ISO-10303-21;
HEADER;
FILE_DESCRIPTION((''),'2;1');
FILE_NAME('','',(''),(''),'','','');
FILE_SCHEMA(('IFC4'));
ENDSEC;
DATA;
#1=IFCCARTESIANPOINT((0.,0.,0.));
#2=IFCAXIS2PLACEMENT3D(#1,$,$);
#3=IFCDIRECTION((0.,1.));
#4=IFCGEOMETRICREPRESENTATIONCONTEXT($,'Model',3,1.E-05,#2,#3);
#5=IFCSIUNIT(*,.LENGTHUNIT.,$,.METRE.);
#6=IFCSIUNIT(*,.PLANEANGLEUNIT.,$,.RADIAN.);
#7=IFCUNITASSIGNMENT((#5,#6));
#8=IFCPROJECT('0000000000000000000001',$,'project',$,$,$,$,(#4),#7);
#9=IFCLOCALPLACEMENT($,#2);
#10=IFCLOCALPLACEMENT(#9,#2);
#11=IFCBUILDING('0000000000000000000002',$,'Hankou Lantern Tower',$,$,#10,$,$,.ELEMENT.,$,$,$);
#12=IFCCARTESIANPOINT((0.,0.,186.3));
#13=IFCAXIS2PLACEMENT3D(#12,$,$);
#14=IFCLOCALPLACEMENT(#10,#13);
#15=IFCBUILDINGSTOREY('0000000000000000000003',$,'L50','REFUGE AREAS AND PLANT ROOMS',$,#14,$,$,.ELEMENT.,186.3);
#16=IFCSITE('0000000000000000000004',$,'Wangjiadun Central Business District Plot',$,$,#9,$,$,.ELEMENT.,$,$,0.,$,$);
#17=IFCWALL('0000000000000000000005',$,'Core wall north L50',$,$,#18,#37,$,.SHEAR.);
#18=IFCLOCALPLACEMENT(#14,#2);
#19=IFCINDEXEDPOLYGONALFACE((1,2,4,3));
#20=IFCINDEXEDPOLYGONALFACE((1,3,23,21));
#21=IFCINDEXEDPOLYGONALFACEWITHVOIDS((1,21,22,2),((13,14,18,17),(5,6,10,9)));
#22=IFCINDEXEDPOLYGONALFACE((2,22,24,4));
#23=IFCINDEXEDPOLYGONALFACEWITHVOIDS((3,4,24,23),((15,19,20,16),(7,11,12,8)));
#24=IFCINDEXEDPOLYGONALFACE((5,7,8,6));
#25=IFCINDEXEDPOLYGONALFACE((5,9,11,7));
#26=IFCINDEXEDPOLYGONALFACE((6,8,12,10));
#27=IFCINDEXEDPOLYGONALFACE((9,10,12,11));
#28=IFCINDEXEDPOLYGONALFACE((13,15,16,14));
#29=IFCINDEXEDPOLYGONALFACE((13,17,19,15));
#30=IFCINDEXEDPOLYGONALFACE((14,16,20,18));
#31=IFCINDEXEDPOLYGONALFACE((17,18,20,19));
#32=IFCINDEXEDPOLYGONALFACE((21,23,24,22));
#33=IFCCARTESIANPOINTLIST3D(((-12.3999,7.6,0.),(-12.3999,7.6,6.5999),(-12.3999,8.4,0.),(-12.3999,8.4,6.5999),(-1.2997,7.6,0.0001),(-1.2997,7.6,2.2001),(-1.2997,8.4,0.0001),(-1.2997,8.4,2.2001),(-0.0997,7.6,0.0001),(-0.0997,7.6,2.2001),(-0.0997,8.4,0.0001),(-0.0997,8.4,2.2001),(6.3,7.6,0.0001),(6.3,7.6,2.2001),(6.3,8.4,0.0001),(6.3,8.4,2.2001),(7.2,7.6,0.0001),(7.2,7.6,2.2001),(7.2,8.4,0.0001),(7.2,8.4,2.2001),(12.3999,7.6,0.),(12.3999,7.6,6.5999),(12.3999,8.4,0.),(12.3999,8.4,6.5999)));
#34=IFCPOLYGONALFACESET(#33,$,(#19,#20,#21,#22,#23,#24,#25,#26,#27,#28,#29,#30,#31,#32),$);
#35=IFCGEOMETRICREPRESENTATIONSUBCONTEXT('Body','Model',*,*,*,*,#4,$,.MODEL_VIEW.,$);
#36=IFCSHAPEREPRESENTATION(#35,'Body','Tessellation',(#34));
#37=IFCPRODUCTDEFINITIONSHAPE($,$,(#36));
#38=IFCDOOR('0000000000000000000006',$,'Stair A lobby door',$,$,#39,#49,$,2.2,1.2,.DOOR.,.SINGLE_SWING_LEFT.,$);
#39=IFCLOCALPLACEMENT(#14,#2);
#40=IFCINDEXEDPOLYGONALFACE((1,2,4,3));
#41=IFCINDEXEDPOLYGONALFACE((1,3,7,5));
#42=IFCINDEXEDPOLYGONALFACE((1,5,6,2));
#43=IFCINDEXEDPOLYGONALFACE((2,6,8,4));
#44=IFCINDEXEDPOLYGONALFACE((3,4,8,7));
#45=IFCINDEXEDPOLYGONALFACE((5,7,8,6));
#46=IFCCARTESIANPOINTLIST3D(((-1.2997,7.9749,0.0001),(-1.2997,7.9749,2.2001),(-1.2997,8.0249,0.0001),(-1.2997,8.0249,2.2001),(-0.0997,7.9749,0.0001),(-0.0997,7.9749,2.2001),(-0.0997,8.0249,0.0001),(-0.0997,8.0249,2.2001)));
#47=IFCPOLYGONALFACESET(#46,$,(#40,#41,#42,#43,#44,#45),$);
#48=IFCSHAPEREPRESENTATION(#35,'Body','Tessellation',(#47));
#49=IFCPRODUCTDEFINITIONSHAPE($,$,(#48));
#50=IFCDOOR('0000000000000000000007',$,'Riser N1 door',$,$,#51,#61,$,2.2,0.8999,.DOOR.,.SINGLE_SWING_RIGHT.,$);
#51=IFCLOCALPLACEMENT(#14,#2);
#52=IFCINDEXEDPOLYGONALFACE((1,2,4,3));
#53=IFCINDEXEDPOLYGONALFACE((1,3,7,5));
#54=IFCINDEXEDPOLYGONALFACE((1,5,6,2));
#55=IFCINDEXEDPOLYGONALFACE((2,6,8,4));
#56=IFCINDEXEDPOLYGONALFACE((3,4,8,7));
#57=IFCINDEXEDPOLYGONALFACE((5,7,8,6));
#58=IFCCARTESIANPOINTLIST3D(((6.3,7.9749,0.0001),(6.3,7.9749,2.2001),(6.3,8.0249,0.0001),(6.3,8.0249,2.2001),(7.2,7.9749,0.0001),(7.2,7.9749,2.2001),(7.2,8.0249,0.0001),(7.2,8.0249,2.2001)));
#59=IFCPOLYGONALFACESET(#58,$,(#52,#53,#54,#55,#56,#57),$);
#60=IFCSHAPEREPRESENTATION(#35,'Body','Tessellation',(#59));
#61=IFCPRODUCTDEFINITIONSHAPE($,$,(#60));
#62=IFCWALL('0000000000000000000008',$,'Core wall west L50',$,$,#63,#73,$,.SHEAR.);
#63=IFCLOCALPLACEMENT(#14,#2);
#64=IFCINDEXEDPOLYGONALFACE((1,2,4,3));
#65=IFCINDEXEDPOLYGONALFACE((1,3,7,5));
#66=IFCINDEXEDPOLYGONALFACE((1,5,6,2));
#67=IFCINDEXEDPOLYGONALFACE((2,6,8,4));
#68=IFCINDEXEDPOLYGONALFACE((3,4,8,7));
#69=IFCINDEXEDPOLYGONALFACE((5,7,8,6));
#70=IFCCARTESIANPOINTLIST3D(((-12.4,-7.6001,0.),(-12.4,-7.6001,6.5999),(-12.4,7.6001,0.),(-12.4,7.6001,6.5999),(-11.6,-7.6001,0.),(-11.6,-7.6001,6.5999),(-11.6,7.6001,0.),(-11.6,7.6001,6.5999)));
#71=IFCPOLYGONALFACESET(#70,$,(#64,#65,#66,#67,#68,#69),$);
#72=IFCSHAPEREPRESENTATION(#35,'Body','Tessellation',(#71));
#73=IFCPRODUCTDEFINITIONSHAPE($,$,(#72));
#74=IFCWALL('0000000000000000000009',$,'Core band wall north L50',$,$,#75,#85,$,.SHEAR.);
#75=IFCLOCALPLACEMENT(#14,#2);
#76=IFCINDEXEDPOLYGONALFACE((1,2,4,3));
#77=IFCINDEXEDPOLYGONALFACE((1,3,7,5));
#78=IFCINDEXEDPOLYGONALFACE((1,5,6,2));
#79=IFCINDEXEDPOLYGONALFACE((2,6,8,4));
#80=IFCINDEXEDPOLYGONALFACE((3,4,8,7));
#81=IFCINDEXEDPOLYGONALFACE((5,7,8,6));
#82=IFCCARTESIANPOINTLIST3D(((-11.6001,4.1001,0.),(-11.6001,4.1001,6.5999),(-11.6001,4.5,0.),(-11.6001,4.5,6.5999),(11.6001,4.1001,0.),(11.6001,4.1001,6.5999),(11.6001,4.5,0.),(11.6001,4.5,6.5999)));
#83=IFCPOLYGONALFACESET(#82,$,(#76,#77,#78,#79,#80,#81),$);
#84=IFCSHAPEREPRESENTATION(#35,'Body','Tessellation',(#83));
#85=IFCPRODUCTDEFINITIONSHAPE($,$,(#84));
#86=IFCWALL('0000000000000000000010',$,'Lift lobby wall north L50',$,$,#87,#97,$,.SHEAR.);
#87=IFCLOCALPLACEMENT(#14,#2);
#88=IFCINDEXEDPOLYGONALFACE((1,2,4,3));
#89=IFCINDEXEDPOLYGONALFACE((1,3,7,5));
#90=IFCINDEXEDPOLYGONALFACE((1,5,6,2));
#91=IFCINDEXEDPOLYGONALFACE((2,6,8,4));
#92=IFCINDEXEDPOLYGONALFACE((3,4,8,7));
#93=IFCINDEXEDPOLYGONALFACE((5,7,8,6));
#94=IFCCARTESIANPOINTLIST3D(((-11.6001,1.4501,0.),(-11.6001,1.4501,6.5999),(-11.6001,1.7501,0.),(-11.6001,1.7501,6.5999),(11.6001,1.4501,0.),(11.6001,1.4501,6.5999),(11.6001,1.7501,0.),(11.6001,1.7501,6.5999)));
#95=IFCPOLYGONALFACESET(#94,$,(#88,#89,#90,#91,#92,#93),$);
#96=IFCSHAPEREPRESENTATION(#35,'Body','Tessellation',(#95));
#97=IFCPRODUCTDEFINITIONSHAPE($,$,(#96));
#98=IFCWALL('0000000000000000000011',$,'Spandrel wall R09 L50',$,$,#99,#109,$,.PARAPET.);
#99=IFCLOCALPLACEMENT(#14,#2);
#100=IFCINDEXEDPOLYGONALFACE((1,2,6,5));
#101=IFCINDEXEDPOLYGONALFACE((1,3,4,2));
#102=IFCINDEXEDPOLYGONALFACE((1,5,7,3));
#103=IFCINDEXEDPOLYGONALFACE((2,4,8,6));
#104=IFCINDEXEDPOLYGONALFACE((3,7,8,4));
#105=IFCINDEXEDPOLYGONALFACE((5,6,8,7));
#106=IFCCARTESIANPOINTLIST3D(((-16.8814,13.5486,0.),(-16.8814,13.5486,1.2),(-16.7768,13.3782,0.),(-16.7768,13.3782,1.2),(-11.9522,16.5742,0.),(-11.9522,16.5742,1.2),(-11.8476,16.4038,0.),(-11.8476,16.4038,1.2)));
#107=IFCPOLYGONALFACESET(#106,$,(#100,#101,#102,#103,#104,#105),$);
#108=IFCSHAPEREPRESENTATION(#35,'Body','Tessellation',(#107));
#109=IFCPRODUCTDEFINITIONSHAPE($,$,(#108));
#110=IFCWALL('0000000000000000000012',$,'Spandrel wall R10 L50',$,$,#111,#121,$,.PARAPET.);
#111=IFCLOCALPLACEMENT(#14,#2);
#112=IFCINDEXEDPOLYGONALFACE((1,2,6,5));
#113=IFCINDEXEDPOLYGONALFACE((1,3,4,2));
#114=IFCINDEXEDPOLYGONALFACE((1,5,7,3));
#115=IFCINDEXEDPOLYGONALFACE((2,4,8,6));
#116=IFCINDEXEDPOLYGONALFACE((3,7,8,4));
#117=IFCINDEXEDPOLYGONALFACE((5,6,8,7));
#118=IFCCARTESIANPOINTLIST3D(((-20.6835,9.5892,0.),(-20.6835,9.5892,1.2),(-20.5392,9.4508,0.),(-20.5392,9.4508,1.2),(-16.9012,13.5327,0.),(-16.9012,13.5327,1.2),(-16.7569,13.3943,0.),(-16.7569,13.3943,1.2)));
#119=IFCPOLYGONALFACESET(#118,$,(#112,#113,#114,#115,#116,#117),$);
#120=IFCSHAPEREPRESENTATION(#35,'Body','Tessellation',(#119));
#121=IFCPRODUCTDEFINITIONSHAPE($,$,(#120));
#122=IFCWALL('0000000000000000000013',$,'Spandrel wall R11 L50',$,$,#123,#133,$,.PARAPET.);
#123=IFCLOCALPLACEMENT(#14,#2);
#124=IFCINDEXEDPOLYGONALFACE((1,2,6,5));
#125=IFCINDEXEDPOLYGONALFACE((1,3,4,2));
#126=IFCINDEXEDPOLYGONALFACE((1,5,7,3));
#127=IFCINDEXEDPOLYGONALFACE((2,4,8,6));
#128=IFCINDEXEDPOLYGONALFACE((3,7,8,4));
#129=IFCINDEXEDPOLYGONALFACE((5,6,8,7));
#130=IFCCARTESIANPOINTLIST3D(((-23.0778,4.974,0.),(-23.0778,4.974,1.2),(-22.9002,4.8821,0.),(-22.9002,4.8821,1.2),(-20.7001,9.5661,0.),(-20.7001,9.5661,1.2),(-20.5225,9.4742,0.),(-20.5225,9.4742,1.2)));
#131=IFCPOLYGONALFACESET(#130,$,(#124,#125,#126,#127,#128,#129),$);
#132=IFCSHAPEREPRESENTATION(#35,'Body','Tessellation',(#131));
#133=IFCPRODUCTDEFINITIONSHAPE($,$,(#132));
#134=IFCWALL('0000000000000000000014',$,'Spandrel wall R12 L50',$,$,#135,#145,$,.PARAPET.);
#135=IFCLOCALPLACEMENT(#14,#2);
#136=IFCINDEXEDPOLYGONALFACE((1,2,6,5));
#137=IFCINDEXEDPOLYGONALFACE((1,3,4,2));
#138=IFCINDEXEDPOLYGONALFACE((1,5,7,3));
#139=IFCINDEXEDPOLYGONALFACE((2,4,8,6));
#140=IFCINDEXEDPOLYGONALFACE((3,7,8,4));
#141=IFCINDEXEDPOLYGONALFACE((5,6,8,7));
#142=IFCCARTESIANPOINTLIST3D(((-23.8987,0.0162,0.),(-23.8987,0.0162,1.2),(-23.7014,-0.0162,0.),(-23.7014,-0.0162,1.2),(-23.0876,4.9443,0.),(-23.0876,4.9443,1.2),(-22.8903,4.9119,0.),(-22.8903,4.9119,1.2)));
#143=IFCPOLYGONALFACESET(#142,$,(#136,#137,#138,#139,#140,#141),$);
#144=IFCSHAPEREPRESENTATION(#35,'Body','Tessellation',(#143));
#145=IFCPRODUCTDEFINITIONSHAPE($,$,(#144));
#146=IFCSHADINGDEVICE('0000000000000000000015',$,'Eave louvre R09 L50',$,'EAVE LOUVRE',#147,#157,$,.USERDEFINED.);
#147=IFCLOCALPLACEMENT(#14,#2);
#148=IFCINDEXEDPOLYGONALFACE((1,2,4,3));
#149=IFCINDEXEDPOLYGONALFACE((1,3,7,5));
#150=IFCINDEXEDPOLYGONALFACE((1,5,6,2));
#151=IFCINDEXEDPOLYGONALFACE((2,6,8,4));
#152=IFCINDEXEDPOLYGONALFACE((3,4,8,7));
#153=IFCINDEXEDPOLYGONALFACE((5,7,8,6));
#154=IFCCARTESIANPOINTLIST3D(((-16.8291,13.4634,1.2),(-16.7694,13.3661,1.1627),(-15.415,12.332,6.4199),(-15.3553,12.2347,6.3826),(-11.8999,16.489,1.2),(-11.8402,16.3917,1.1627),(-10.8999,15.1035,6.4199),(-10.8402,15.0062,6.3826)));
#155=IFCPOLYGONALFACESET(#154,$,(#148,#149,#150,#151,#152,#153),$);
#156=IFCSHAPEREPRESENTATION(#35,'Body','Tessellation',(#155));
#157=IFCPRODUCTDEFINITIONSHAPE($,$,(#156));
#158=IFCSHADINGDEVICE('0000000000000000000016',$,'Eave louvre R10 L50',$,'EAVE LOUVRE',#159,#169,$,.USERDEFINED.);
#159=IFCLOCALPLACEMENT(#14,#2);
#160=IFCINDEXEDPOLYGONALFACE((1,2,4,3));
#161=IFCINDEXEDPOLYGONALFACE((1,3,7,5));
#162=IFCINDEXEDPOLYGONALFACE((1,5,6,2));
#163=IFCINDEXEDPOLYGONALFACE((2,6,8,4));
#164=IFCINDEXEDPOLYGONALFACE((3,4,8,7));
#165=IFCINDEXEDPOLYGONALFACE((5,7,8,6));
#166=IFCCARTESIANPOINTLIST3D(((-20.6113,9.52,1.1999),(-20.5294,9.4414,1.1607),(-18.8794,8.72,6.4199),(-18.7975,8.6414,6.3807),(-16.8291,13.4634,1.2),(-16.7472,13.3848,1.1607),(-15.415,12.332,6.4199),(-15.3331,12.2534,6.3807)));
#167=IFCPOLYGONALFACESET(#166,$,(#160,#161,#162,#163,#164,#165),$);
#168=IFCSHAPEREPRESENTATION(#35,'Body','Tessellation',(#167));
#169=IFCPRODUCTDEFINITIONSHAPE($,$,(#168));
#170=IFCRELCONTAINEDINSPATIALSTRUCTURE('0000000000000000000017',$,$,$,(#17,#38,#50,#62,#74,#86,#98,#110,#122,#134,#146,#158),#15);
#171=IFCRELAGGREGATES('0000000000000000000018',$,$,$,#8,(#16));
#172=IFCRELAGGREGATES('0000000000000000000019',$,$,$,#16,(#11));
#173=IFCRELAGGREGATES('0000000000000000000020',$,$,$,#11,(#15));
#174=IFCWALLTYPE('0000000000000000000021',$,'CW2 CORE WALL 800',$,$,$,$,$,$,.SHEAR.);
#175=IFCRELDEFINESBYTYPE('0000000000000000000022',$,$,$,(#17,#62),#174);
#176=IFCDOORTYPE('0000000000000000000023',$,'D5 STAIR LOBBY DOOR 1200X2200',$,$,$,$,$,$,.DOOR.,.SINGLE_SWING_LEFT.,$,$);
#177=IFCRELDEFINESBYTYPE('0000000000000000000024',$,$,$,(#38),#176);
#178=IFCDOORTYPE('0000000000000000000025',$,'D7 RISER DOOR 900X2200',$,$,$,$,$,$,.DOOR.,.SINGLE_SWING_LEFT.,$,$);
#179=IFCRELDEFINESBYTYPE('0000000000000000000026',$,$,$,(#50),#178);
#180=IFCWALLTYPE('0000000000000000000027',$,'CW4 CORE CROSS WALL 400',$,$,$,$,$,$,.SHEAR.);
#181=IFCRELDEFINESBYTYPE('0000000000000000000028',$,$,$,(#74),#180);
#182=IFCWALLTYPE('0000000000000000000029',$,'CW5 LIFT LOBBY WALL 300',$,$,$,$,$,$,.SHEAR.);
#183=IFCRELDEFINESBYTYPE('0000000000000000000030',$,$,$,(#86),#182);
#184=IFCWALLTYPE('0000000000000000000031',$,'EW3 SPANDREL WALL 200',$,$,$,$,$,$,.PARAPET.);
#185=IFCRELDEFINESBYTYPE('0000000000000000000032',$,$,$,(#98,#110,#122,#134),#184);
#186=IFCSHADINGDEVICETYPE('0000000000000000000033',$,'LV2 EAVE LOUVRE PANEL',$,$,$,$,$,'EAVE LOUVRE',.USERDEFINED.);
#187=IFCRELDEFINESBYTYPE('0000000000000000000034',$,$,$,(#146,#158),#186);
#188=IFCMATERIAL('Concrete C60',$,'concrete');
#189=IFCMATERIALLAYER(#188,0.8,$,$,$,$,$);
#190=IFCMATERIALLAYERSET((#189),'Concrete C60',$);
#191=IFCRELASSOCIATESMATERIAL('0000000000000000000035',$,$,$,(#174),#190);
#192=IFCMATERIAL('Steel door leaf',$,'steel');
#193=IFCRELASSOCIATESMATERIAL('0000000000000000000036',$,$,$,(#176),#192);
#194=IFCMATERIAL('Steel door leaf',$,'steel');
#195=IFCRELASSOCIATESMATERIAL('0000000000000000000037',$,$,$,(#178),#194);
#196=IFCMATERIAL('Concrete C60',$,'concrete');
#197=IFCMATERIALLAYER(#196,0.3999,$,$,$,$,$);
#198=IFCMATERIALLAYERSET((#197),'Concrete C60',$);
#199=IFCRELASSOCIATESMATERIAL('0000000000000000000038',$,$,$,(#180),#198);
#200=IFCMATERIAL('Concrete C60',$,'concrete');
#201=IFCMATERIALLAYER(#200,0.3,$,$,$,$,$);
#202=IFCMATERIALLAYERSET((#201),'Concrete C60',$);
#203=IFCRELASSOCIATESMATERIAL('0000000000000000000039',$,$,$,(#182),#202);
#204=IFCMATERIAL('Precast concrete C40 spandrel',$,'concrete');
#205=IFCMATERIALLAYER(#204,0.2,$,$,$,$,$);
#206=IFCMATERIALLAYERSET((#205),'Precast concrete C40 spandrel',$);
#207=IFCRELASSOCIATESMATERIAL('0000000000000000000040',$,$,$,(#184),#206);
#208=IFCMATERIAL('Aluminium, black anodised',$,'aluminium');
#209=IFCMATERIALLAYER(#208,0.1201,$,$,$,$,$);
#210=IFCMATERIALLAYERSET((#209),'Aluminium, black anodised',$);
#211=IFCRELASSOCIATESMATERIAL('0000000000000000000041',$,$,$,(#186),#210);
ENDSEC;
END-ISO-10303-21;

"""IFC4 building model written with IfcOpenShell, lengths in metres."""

from ifc_helpers import new_model, si_unit, direction, frame, frame_2d, origin, place, context, subcontext, project, spatial, polyline, rectangle, outline, extrude, material, layer, layer_set, type_object, element, fill, save


model = new_model("IFC4")

# Units and contexts
model_context = context("Model", 3, precision=1e-05, world=origin(), true_north=direction((0.0, 1.0)))
body_context = subcontext(model_context, "Body", "Model", "MODEL_VIEW")
ifc_project = project(units=[si_unit("LENGTHUNIT", "METRE"), si_unit("PLANEANGLEUNIT", "RADIAN")], contexts=[model_context])

# Site, building, storey
site_placement = place(None, origin())
site = spatial("IfcSite", under=ifc_project, at=site_placement, Name="Wangjiadun Central Business District Plot", CompositionType="ELEMENT", RefElevation=0.0)
building_placement = place(site_placement, origin())
building = spatial("IfcBuilding", under=site, at=building_placement, Name="Hankou Lantern Tower", CompositionType="ELEMENT")
storey_placement = place(building_placement, frame((0.0, 0.0, 186.3)))
storey = spatial("IfcBuildingStorey", under=building, at=storey_placement, Name="L50", Description="REFUGE AREAS AND PLANT ROOMS", CompositionType="ELEMENT", Elevation=186.3)

# Wall, openings, doors
ifc_material_1 = material(Name="Concrete C60", Category="concrete")
ifc_layer_1 = layer(ifc_material_1, 0.8)
ifc_layer_set_1 = layer_set([ifc_layer_1], Name="Concrete C60")
wall_type_1 = type_object("IfcWallType", Name="CW2 CORE WALL 800", PredefinedType="SHEAR", material=ifc_layer_set_1)
wall_1_placement = place(storey_placement, frame((-12.3999, 8.0, 0.0), z_axis=(0.0, 0.0, 1.0), x_axis=(1.0, 0.0, 0.0)))
wall_1 = element("IfcWall", 1, at=wall_1_placement, inside=storey, type_object=wall_type_1, Name="Core wall north L50", PredefinedType="SHEAR", context=body_context, shape_type="SweptSolid", body=[
    extrude(rectangle(XDim=24.7998, YDim=0.8, at=frame_2d((12.3999, 0.0))), origin(), (0.0, 0.0, 1.0), 6.5999),
])
opening_1_placement = place(wall_1_placement, frame((11.1001, 0.0, 0.0)))
opening_1 = element("IfcOpeningElement", 2, at=opening_1_placement, cuts=wall_1, PredefinedType="OPENING", context=body_context, shape_type="SweptSolid", body=[
    extrude(rectangle(XDim=1.2, YDim=2.2, at=frame_2d((0.6001, 1.1001))), frame((0.0, 0.4099, 0.0), z_axis=(0.0, -1.0, 0.0), x_axis=(1.0, 0.0, 0.0)), (0.0, 0.0, 1.0), 0.8201),
])
opening_2_placement = place(wall_1_placement, frame((18.7, 0.0, 0.0)))
opening_2 = element("IfcOpeningElement", 3, at=opening_2_placement, cuts=wall_1, PredefinedType="OPENING", context=body_context, shape_type="SweptSolid", body=[
    extrude(rectangle(XDim=0.8999, YDim=2.2, at=frame_2d((0.45, 1.1001))), frame((0.0, 0.4099, 0.0), z_axis=(0.0, -1.0, 0.0), x_axis=(1.0, 0.0, 0.0)), (0.0, 0.0, 1.0), 0.8201),
])
ifc_material_2 = material(Name="Steel door leaf", Category="steel")
door_type_1 = type_object("IfcDoorType", Name="D5 STAIR LOBBY DOOR 1200X2200", OperationType="SINGLE_SWING_LEFT", PredefinedType="DOOR", material=ifc_material_2)
door_1_placement = place(opening_1_placement, origin())
door_1 = element("IfcDoor", 4, at=door_1_placement, inside=storey, type_object=door_type_1, Name="Stair A lobby door", OperationType="SINGLE_SWING_LEFT", OverallHeight=2.2, OverallWidth=1.2, PredefinedType="DOOR", context=body_context, shape_type="SweptSolid", body=[
    extrude(rectangle(XDim=1.2, YDim=2.2, at=frame_2d((0.6001, 1.1001))), frame((0.0, 0.0249, 0.0), z_axis=(0.0, -1.0, 0.0), x_axis=(1.0, 0.0, 0.0)), (0.0, 0.0, 1.0), 0.05),
])
fill(opening_1, door_1)
ifc_material_3 = material(Name="Steel door leaf", Category="steel")
door_type_2 = type_object("IfcDoorType", Name="D7 RISER DOOR 900X2200", OperationType="SINGLE_SWING_LEFT", PredefinedType="DOOR", material=ifc_material_3)
door_2_placement = place(opening_2_placement, origin())
door_2 = element("IfcDoor", 5, at=door_2_placement, inside=storey, type_object=door_type_2, Name="Riser N1 door", OperationType="SINGLE_SWING_RIGHT", OverallHeight=2.2, OverallWidth=0.8999, PredefinedType="DOOR", context=body_context, shape_type="SweptSolid", body=[
    extrude(rectangle(XDim=0.8999, YDim=2.2, at=frame_2d((0.45, 1.1001))), frame((0.0, 0.0249, 0.0), z_axis=(0.0, -1.0, 0.0), x_axis=(1.0, 0.0, 0.0)), (0.0, 0.0, 1.0), 0.05),
])
fill(opening_2, door_2)

# Walls
wall_2_placement = place(storey_placement, frame((-12.0, 7.6001, 0.0), z_axis=(0.0, 0.0, 1.0), x_axis=(0.0, -1.0, 0.0)))
element("IfcWall", 6, at=wall_2_placement, inside=storey, type_object=wall_type_1, Name="Core wall west L50", PredefinedType="SHEAR", context=body_context, shape_type="SweptSolid", body=[
    extrude(rectangle(XDim=15.2002, YDim=0.8, at=frame_2d((7.6001, 0.0))), origin(), (0.0, 0.0, 1.0), 6.5999),
])
ifc_material_4 = material(Name="Concrete C60", Category="concrete")
ifc_layer_2 = layer(ifc_material_4, 0.3999)
ifc_layer_set_2 = layer_set([ifc_layer_2], Name="Concrete C60")
wall_type_2 = type_object("IfcWallType", Name="CW4 CORE CROSS WALL 400", PredefinedType="SHEAR", material=ifc_layer_set_2)
wall_3_placement = place(storey_placement, frame((-11.6001, 4.3, 0.0), z_axis=(0.0, 0.0, 1.0), x_axis=(1.0, 0.0, 0.0)))
element("IfcWall", 7, at=wall_3_placement, inside=storey, type_object=wall_type_2, Name="Core band wall north L50", PredefinedType="SHEAR", context=body_context, shape_type="SweptSolid", body=[
    extrude(rectangle(XDim=23.2002, YDim=0.3999, at=frame_2d((11.6001, 0.0))), origin(), (0.0, 0.0, 1.0), 6.5999),
])
ifc_material_5 = material(Name="Concrete C60", Category="concrete")
ifc_layer_3 = layer(ifc_material_5, 0.3)
ifc_layer_set_3 = layer_set([ifc_layer_3], Name="Concrete C60")
wall_type_3 = type_object("IfcWallType", Name="CW5 LIFT LOBBY WALL 300", PredefinedType="SHEAR", material=ifc_layer_set_3)
wall_4_placement = place(storey_placement, frame((-11.6001, 1.6001, 0.0), z_axis=(0.0, 0.0, 1.0), x_axis=(1.0, 0.0, 0.0)))
element("IfcWall", 8, at=wall_4_placement, inside=storey, type_object=wall_type_3, Name="Lift lobby wall north L50", PredefinedType="SHEAR", context=body_context, shape_type="SweptSolid", body=[
    extrude(rectangle(XDim=23.2002, YDim=0.3, at=frame_2d((11.6001, 0.0))), origin(), (0.0, 0.0, 1.0), 6.5999),
])
ifc_material_6 = material(Name="Precast concrete C40 spandrel", Category="concrete")
ifc_layer_4 = layer(ifc_material_6, 0.2)
ifc_layer_set_4 = layer_set([ifc_layer_4], Name="Precast concrete C40 spandrel")
wall_type_4 = type_object("IfcWallType", Name="EW3 SPANDREL WALL 200", PredefinedType="PARAPET", material=ifc_layer_set_4)
wall_5_placement = place(storey_placement, frame((-11.8999, 16.489, 0.0), z_axis=(0.0, 0.0, 1.0), x_axis=(-0.852253, -0.523129, 0.0)))
element("IfcWall", 9, at=wall_5_placement, inside=storey, type_object=wall_type_4, Name="Spandrel wall R09 L50", PredefinedType="PARAPET", context=body_context, shape_type="SweptSolid", body=[
    extrude(rectangle(XDim=5.7837, YDim=0.2, at=frame_2d((2.8918, 0.0))), origin(), (0.0, 0.0, 1.0), 1.2),
])
wall_6_placement = place(storey_placement, frame((-16.8291, 13.4634, 0.0), z_axis=(0.0, 0.0, 1.0), x_axis=(-0.692208, -0.721698, 0.0)))
element("IfcWall", 10, at=wall_6_placement, inside=storey, type_object=wall_type_4, Name="Spandrel wall R10 L50", PredefinedType="PARAPET", context=body_context, shape_type="SweptSolid", body=[
    extrude(rectangle(XDim=5.4641, YDim=0.2, at=frame_2d((2.7319, 0.0))), origin(), (0.0, 0.0, 1.0), 1.2),
])
wall_7_placement = place(storey_placement, frame((-20.6113, 9.52, 0.0), z_axis=(0.0, 0.0, 1.0), x_axis=(-0.459803, -0.888021, 0.0)))
element("IfcWall", 11, at=wall_7_placement, inside=storey, type_object=wall_type_4, Name="Spandrel wall R11 L50", PredefinedType="PARAPET", context=body_context, shape_type="SweptSolid", body=[
    extrude(rectangle(XDim=5.1711, YDim=0.2, at=frame_2d((2.5854, 0.0))), origin(), (0.0, 0.0, 1.0), 1.2),
])
wall_8_placement = place(storey_placement, frame((-22.989, 4.928, 0.0), z_axis=(0.0, 0.0, 1.0), x_axis=(-0.162393, -0.986726, 0.0)))
element("IfcWall", 12, at=wall_8_placement, inside=storey, type_object=wall_type_4, Name="Spandrel wall R12 L50", PredefinedType="PARAPET", context=body_context, shape_type="SweptSolid", body=[
    extrude(rectangle(XDim=4.9944, YDim=0.2, at=frame_2d((2.4971, 0.0))), origin(), (0.0, 0.0, 1.0), 1.2),
])

# Shading devices
ifc_material_7 = material(Name="Aluminium, black anodised", Category="aluminium")
ifc_layer_5 = layer(ifc_material_7, 0.1201)
ifc_layer_set_5 = layer_set([ifc_layer_5], Name="Aluminium, black anodised")
shading_device_type = type_object("IfcShadingDeviceType", Name="LV2 EAVE LOUVRE PANEL", ElementType="EAVE LOUVRE", PredefinedType="USERDEFINED", material=ifc_layer_set_5)
shading_device_1_placement = place(storey_placement, frame((-11.8999, 16.489, 1.2), z_axis=(-0.497305, 0.810182, 0.310311), x_axis=(-0.852253, -0.52313, 0.0)))
element("IfcShadingDevice", 13, at=shading_device_1_placement, inside=storey, type_object=shading_device_type, Name="Eave louvre R09 L50", ObjectType="EAVE LOUVRE", PredefinedType="USERDEFINED", context=body_context, shape_type="SweptSolid", body=[
    extrude(outline(polyline([(0.0, 0.0), (5.7837, 0.0), (5.1704, 5.491), (-0.1275, 5.491), (0.0, 0.0)])), origin(), (0.0, 0.0, -1.0), 0.1201),
])
shading_device_2_placement = place(storey_placement, frame((-16.8291, 13.4634, 1.2), z_axis=(-0.682129, 0.654246, 0.32659), x_axis=(-0.692203, -0.721703, -0.000002)))
element("IfcShadingDevice", 14, at=shading_device_2_placement, inside=storey, type_object=shading_device_type, Name="Eave louvre R10 L50", ObjectType="EAVE LOUVRE", PredefinedType="USERDEFINED", context=body_context, shape_type="SweptSolid", body=[
    extrude(outline(polyline([(0.0, 0.0), (5.464, 0.0), (4.8425, 5.5228), (-0.1623, 5.5228), (0.0, 0.0)])), origin(), (0.0, 0.0, -1.0), 0.1201),
])

save(model, "model.ifc")
